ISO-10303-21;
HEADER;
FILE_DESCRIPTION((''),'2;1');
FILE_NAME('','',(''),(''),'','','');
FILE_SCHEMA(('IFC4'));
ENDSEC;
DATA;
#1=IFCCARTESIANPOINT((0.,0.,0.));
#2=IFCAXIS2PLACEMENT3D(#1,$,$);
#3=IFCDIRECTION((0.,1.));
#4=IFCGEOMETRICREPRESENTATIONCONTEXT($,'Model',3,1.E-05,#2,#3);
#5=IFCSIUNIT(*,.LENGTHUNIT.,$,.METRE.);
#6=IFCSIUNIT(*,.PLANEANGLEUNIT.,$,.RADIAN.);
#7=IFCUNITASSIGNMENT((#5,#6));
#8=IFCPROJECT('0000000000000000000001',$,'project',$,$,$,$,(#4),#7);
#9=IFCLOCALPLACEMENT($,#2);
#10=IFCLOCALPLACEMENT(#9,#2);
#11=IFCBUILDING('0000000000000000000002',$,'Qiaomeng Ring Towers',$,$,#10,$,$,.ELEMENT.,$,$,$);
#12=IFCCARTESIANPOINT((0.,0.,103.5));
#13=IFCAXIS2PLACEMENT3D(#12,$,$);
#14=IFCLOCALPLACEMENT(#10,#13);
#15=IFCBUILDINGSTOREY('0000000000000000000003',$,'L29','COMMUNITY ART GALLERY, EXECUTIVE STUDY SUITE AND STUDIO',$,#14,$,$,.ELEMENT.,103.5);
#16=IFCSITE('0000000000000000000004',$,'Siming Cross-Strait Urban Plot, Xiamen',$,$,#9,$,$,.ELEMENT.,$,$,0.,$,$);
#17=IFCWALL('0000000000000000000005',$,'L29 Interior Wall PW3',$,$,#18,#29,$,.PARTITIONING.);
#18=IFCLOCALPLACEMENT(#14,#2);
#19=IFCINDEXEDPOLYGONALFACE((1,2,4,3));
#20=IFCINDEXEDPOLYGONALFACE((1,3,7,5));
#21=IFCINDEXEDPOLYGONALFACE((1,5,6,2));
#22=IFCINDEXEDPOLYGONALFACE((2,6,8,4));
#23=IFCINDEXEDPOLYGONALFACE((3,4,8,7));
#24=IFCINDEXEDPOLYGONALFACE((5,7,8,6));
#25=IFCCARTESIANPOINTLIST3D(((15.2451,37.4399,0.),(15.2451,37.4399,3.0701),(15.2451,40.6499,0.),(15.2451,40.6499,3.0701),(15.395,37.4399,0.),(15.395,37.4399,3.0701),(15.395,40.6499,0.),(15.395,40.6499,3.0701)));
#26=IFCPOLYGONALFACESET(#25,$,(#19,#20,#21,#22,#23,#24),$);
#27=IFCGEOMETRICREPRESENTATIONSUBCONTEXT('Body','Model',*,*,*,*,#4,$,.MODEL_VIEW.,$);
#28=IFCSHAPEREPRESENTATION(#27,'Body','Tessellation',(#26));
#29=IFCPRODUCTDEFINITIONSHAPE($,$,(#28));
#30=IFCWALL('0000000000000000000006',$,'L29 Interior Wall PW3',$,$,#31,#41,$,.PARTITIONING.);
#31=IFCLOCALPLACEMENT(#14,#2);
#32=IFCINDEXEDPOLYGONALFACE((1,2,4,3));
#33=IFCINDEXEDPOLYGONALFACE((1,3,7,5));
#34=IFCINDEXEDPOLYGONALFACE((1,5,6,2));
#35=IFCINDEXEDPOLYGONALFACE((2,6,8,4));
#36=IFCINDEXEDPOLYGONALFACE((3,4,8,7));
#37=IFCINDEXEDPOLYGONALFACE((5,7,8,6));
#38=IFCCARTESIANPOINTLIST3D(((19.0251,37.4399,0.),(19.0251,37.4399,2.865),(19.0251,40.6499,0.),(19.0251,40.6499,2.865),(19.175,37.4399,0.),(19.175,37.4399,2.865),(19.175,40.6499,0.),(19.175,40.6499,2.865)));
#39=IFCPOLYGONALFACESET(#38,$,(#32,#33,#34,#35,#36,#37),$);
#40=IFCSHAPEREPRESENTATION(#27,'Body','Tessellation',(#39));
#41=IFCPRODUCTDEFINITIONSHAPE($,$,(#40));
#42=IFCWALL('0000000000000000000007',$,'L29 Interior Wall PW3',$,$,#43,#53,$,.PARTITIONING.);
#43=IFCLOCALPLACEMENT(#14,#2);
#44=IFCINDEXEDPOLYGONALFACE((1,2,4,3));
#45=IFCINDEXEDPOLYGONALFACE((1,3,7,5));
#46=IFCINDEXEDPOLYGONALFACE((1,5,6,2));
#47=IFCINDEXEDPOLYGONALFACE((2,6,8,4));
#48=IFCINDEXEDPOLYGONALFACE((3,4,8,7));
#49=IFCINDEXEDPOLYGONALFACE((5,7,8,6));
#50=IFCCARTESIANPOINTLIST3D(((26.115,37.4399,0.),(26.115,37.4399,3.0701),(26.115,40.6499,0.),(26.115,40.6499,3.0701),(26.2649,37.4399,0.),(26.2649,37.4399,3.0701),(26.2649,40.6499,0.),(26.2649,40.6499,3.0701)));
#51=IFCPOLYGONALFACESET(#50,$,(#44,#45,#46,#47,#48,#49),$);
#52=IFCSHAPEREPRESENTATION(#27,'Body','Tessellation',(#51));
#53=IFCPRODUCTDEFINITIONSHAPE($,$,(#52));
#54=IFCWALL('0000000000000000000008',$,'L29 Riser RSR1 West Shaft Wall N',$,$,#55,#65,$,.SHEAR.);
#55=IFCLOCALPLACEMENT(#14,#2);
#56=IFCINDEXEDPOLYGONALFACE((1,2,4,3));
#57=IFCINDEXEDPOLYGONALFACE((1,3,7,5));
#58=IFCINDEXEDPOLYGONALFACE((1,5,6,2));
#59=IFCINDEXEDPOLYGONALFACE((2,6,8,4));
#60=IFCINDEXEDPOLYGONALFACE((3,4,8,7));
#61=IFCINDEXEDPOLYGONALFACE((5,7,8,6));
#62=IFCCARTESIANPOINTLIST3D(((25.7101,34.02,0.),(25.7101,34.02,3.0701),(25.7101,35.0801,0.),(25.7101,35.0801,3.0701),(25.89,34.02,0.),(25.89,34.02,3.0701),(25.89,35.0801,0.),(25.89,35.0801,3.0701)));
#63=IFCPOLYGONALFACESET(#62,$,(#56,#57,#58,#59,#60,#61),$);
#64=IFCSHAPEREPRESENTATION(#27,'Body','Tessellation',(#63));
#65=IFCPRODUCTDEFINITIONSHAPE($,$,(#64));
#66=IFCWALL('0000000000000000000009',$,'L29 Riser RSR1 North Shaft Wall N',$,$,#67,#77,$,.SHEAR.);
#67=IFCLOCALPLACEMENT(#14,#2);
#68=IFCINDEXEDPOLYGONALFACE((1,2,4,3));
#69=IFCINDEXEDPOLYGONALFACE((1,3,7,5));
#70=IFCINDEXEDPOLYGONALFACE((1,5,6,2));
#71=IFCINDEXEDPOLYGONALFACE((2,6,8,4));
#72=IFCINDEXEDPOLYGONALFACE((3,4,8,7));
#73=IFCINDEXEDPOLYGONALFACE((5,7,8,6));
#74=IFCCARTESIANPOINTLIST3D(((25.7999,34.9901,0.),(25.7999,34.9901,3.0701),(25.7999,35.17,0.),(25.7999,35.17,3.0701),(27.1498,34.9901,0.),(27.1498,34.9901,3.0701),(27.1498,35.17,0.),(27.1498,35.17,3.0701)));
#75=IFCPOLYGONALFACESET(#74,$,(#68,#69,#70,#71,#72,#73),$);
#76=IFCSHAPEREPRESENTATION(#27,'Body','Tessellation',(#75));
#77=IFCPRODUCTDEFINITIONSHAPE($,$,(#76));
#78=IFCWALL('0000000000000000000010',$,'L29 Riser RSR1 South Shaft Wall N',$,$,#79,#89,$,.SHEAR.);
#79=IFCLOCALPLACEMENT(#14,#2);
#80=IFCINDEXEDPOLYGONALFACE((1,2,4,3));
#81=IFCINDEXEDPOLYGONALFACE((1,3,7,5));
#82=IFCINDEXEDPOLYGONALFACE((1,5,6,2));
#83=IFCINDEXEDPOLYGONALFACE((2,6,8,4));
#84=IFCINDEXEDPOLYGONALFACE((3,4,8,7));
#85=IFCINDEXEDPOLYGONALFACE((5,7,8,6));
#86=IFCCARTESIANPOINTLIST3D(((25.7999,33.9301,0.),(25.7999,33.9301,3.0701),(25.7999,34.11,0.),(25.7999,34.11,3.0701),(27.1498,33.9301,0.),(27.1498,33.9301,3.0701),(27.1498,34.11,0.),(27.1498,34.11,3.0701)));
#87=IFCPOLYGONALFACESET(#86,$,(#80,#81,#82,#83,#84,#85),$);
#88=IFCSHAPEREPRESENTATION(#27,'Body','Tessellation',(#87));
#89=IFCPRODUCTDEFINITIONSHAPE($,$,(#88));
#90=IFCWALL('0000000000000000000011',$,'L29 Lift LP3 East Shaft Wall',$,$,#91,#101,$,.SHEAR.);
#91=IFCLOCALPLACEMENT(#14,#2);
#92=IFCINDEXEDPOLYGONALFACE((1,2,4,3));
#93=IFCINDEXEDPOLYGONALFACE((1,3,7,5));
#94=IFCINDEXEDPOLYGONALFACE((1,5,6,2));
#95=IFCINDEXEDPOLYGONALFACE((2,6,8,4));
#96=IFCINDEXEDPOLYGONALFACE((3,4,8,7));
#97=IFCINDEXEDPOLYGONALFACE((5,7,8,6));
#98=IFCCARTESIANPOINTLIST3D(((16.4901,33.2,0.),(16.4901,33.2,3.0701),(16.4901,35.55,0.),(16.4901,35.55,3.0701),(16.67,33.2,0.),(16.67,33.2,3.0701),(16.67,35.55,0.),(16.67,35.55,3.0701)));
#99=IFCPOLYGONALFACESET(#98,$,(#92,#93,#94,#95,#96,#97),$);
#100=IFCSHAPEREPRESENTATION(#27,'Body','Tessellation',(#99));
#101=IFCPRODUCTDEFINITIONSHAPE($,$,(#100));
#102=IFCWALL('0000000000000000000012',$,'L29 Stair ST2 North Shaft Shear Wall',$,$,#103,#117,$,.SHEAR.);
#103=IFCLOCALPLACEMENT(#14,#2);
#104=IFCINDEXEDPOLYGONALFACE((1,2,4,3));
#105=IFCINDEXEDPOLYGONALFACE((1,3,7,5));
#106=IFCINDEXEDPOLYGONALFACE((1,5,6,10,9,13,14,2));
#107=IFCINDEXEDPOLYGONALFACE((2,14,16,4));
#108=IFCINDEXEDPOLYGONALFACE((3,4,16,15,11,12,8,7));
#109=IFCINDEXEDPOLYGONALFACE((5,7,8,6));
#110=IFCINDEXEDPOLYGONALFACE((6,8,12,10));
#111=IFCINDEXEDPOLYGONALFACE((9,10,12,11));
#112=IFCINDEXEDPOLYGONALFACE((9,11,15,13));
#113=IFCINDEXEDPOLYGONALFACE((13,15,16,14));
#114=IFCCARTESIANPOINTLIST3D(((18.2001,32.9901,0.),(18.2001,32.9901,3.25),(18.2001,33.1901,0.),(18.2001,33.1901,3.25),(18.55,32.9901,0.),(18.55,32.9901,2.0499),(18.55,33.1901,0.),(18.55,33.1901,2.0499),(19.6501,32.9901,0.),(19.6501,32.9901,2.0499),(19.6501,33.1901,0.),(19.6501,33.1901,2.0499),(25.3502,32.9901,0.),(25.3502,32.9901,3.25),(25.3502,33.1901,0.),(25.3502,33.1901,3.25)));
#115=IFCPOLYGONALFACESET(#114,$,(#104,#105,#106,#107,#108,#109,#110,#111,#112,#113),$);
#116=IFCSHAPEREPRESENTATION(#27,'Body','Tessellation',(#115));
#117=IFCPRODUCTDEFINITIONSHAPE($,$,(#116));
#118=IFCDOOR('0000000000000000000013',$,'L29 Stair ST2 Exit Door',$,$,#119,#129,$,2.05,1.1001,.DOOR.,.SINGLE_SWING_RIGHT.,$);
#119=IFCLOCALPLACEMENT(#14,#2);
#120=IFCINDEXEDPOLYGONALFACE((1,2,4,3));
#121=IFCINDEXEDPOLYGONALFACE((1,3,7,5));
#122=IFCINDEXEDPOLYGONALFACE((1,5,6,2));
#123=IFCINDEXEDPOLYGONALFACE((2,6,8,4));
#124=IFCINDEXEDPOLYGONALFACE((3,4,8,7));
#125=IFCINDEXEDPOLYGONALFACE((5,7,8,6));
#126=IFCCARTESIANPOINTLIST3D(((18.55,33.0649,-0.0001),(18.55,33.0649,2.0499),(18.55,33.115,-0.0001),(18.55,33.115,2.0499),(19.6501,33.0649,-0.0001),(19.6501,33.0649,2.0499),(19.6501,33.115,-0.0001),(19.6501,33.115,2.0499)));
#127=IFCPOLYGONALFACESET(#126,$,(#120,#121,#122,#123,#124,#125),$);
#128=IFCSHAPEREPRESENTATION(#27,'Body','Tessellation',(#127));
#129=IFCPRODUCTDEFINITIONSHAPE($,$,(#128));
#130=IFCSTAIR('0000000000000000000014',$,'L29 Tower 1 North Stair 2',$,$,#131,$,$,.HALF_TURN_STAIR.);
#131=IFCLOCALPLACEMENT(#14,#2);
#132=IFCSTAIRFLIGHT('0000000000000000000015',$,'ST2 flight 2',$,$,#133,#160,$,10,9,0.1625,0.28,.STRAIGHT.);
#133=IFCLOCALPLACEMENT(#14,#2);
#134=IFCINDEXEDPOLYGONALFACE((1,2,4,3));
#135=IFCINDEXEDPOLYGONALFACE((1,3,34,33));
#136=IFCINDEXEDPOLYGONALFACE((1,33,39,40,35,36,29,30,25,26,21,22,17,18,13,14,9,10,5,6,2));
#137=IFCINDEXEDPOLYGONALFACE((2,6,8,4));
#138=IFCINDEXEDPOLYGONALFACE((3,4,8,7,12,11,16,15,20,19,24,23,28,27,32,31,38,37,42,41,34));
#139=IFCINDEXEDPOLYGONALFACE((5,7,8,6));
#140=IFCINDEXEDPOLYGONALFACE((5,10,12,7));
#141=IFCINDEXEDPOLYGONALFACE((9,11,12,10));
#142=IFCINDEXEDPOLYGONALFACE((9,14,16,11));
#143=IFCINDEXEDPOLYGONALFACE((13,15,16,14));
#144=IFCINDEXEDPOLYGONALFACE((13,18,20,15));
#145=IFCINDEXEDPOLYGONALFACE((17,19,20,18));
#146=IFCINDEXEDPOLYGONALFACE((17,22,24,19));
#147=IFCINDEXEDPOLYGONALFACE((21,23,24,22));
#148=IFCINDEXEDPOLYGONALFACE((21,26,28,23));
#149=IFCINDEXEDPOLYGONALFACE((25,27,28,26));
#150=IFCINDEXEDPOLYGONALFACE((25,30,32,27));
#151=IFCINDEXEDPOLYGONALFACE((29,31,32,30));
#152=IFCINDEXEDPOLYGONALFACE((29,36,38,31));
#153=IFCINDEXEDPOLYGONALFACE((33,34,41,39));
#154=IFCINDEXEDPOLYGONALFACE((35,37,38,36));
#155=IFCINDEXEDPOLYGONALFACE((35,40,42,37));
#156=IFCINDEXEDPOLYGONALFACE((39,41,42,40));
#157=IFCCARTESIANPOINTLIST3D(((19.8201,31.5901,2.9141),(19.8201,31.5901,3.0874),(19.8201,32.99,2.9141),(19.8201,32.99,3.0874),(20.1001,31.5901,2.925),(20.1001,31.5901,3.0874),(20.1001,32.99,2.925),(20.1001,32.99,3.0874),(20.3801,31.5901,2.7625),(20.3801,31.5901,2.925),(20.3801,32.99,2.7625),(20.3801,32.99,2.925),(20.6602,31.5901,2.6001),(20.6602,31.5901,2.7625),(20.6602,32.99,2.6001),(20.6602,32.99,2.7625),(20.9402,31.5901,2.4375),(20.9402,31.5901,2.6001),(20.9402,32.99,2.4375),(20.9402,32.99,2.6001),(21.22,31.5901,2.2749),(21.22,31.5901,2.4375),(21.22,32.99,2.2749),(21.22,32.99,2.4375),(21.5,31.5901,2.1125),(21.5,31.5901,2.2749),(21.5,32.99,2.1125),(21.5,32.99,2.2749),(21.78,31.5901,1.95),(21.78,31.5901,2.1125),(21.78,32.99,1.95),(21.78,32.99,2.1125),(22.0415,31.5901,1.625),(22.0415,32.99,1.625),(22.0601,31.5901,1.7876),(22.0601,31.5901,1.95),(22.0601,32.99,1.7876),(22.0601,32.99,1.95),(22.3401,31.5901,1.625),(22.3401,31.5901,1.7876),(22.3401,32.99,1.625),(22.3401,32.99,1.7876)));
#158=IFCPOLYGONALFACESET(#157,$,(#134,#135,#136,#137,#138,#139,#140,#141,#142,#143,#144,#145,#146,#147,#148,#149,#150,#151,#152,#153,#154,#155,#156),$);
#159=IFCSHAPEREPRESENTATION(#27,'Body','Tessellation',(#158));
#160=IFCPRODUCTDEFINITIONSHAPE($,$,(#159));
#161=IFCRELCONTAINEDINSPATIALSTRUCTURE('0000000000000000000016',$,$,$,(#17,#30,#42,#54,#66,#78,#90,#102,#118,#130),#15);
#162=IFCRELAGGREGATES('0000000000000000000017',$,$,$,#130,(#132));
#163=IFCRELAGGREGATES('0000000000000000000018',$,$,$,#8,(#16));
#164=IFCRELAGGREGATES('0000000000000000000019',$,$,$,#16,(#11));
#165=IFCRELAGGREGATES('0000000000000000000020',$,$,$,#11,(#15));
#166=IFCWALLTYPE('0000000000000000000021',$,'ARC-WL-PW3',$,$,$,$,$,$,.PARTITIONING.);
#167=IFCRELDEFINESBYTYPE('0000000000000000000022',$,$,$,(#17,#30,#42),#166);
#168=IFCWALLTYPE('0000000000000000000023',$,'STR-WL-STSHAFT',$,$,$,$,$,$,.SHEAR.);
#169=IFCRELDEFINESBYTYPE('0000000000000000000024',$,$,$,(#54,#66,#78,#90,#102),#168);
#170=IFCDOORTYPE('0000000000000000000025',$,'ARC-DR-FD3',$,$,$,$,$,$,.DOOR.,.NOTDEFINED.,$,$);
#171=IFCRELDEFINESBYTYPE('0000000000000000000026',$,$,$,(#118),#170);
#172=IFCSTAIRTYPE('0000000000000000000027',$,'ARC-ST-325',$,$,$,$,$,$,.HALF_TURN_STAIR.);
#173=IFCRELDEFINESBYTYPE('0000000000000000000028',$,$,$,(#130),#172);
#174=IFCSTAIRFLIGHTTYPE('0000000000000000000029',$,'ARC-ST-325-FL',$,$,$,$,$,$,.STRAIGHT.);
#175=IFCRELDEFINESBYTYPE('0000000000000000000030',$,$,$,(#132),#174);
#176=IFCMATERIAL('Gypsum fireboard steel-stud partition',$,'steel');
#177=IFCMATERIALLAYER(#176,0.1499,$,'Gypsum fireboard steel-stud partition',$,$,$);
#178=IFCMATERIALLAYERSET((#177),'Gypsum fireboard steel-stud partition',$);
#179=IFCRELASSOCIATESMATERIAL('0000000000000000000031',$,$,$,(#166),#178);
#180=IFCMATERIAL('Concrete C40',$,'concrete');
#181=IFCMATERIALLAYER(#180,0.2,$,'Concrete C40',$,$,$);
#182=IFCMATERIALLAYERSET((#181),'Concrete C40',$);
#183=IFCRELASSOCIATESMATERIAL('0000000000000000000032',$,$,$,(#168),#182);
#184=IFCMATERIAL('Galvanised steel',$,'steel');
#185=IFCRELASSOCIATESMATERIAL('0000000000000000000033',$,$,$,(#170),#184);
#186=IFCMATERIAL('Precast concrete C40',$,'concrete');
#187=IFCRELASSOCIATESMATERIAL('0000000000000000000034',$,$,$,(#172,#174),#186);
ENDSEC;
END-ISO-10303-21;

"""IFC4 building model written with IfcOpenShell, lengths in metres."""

from ifc_helpers import new_model, si_unit, direction, frame, frame_2d, origin, place, context, subcontext, project, spatial, polyline, rectangle, outline, extrude, source, transform, mapped, material, layer, layer_set, type_object, element, fill, aggregate, save


model = new_model("IFC4")

# Units and contexts
model_context = context("Model", 3, precision=1e-05, world=origin(), true_north=direction((0.0, 1.0)))
body_context = subcontext(model_context, "Body", "Model", "MODEL_VIEW")
ifc_project = project(units=[si_unit("LENGTHUNIT", "METRE"), si_unit("PLANEANGLEUNIT", "RADIAN")], contexts=[model_context])

# Site, building, storey
site_placement = place(None, origin())
site = spatial("IfcSite", under=ifc_project, at=site_placement, Name="Siming Cross-Strait Urban Plot, Xiamen", CompositionType="ELEMENT", RefElevation=0.0)
building_placement = place(site_placement, origin())
building = spatial("IfcBuilding", under=site, at=building_placement, Name="Qiaomeng Ring Towers", CompositionType="ELEMENT")
storey_placement = place(building_placement, frame((0.0, 0.0, 103.5)))
storey = spatial("IfcBuildingStorey", under=building, at=storey_placement, Name="L29", Description="COMMUNITY ART GALLERY, EXECUTIVE STUDY SUITE AND STUDIO", CompositionType="ELEMENT", Elevation=103.5)

# Walls
ifc_material_1 = material(Name="Gypsum fireboard steel-stud partition", Category="steel")
ifc_layer_1 = layer(ifc_material_1, 0.1499, Name="Gypsum fireboard steel-stud partition")
ifc_layer_set_1 = layer_set([ifc_layer_1], Name="Gypsum fireboard steel-stud partition")
wall_type_1 = type_object("IfcWallType", Name="ARC-WL-PW3", PredefinedType="PARTITIONING", material=ifc_layer_set_1)
wall_1_placement = place(storey_placement, frame((15.3201, 37.4399, 0.0), z_axis=(0.0, 0.0, 1.0), x_axis=(0.0, 1.0, 0.0)))
element("IfcWall", 1, at=wall_1_placement, inside=storey, type_object=wall_type_1, Name="L29 Interior Wall PW3", PredefinedType="PARTITIONING", context=body_context, shape_type="SweptSolid", body=[
    extrude(rectangle(XDim=3.21, YDim=0.1499, at=frame_2d((1.605, 0.0))), origin(), (0.0, 0.0, 1.0), 3.0701),
])
wall_2_placement = place(storey_placement, frame((19.1001, 37.4399, 0.0), z_axis=(0.0, 0.0, 1.0), x_axis=(0.0, 1.0, 0.0)))
element("IfcWall", 2, at=wall_2_placement, inside=storey, type_object=wall_type_1, Name="L29 Interior Wall PW3", PredefinedType="PARTITIONING", context=body_context, shape_type="SweptSolid", body=[
    extrude(rectangle(XDim=3.21, YDim=0.1499, at=frame_2d((1.605, 0.0))), origin(), (0.0, 0.0, 1.0), 2.865),
])
wall_3_placement = place(storey_placement, frame((26.1899, 37.4399, 0.0), z_axis=(0.0, 0.0, 1.0), x_axis=(0.0, 1.0, 0.0)))
element("IfcWall", 3, at=wall_3_placement, inside=storey, type_object=wall_type_1, Name="L29 Interior Wall PW3", PredefinedType="PARTITIONING", context=body_context, shape_type="SweptSolid", body=[
    extrude(rectangle(XDim=3.21, YDim=0.1499, at=frame_2d((1.605, 0.0))), origin(), (0.0, 0.0, 1.0), 3.0701),
])
ifc_material_2 = material(Name="Concrete C40", Category="concrete")
ifc_layer_2 = layer(ifc_material_2, 0.2, Name="Concrete C40")
ifc_layer_set_2 = layer_set([ifc_layer_2], Name="Concrete C40")
wall_type_2 = type_object("IfcWallType", Name="STR-WL-STSHAFT", PredefinedType="SHEAR", material=ifc_layer_set_2)
wall_4_placement = place(storey_placement, frame((25.8, 34.02, 0.0), z_axis=(0.0, 0.0, 1.0), x_axis=(0.0, 1.0, 0.0)))
element("IfcWall", 4, at=wall_4_placement, inside=storey, type_object=wall_type_2, Name="L29 Riser RSR1 West Shaft Wall N", PredefinedType="SHEAR", context=body_context, shape_type="SweptSolid", body=[
    extrude(rectangle(XDim=1.0601, YDim=0.1799, at=frame_2d((0.53, 0.0))), origin(), (0.0, 0.0, 1.0), 3.0701),
])
for number, where, z_axis, x_axis, name in (
    (5, (25.8, 35.0801, 0.0), (0.0, 0.0, 1.0), (1.0, 0.0, 0.0), "L29 Riser RSR1 North Shaft Wall N"),
    (6, (25.8, 34.02, 0.0), (0.0, 0.0, 1.0), (1.0, 0.0, 0.0), "L29 Riser RSR1 South Shaft Wall N"),
):
    element("IfcWall", number, at=place(storey_placement, frame(where, z_axis=z_axis, x_axis=x_axis)), inside=storey, type_object=wall_type_2, Name=name, PredefinedType="SHEAR", context=body_context, shape_type="SweptSolid", body=[
        extrude(rectangle(XDim=1.3499, YDim=0.1799, at=frame_2d((0.6748, 0.0))), origin(), (0.0, 0.0, 1.0), 3.0701),
    ])
wall_5_placement = place(storey_placement, frame((16.5801, 33.2, 0.0), z_axis=(0.0, 0.0, 1.0), x_axis=(0.0, 1.0, 0.0)))
element("IfcWall", 7, at=wall_5_placement, inside=storey, type_object=wall_type_2, Name="L29 Lift LP3 East Shaft Wall", PredefinedType="SHEAR", context=body_context, shape_type="SweptSolid", body=[
    extrude(rectangle(XDim=2.3501, YDim=0.1799, at=frame_2d((1.175, 0.0))), origin(), (0.0, 0.0, 1.0), 3.0701),
])

# Wall, opening, door
wall_6_placement = place(storey_placement, frame((18.2, 33.0901, 0.0), z_axis=(0.0, 0.0, 1.0), x_axis=(1.0, 0.0, 0.0)))
wall_6 = element("IfcWall", 8, at=wall_6_placement, inside=storey, type_object=wall_type_2, Name="L29 Stair ST2 North Shaft Shear Wall", PredefinedType="SHEAR", context=body_context, shape_type="SweptSolid", body=[
    extrude(rectangle(XDim=7.1501, YDim=0.2, at=frame_2d((3.5752, 0.0))), origin(), (0.0, 0.0, 1.0), 3.25),
])
opening_placement = place(wall_6_placement, frame((0.3501, 0.0, 0.0)))
opening = element("IfcOpeningElement", 9, at=opening_placement, cuts=wall_6, PredefinedType="OPENING", context=body_context, shape_type="SweptSolid", body=[
    extrude(rectangle(XDim=1.1001, YDim=2.05, at=frame_2d((0.55, 1.0249))), frame((0.0, 0.1099, 0.0), z_axis=(0.0, -1.0, 0.0), x_axis=(1.0, 0.0, 0.0)), (0.0, 0.0, 1.0), 0.22),
])
ifc_material_3 = material(Name="Galvanised steel", Category="steel")
door_type = type_object("IfcDoorType", Name="ARC-DR-FD3", OperationType="NOTDEFINED", PredefinedType="DOOR", material=ifc_material_3)
shared_shape_1 = source(origin(), body_context, "Body", "SweptSolid", [
    extrude(rectangle(XDim=1.1001, YDim=2.05, at=frame_2d((0.55, 1.0249))), frame((0.0, 0.0249, 0.0), z_axis=(0.0, -1.0, 0.0), x_axis=(1.0, 0.0, 0.0)), (0.0, 0.0, 1.0), 0.05),
])
door_placement = place(opening_placement, origin())
door = element("IfcDoor", 10, at=door_placement, inside=storey, type_object=door_type, Name="L29 Stair ST2 Exit Door", OperationType="SINGLE_SWING_RIGHT", OverallHeight=2.05, OverallWidth=1.1001, PredefinedType="DOOR", context=body_context, shape_type="MappedRepresentation", body=[
    mapped(shared_shape_1, transform((0.0, 0.0, 0.0), x_axis=(1.0, 0.0, 0.0), y_axis=(0.0, 1.0, 0.0), z_axis=(0.0, 0.0, 1.0), scale=1.0)),
])
fill(opening, door)

# Stair, stair flight
ifc_material_4 = material(Name="Precast concrete C40", Category="concrete")
stair_type = type_object("IfcStairType", Name="ARC-ST-325", PredefinedType="HALF_TURN_STAIR", material=ifc_material_4)
stair_placement = place(storey_placement, origin())
stair = element("IfcStair", 11, at=stair_placement, inside=storey, type_object=stair_type, Name="L29 Tower 1 North Stair 2", PredefinedType="HALF_TURN_STAIR")
stair_flight_type = type_object("IfcStairFlightType", Name="ARC-ST-325-FL", PredefinedType="STRAIGHT", material=ifc_material_4)
shared_shape_2 = source(origin(), body_context, "Body", "SweptSolid", [
    extrude(outline(polyline([(0.0, 0.0), (0.0, 0.1626), (0.28, 0.1626), (0.28, 0.325), (0.5601, 0.325), (0.5601, 0.4875), (0.8401, 0.4875), (0.8401, 0.6499), (1.1201, 0.6499), (1.1201, 0.8125), (1.3999, 0.8125), (1.3999, 0.9751), (1.6799, 0.9751), (1.6799, 1.1375), (1.96, 1.1375), (1.96, 1.3), (2.24, 1.3), (2.24, 1.4624), (2.52, 1.4624), (2.52, 1.625), (2.52, 1.2891), (0.2986, 0.0), (0.0, 0.0)])), frame((0.0, 0.7, 0.0), z_axis=(0.0, -1.0, 0.0), x_axis=(1.0, 0.0, 0.0)), (0.0, 0.0, 1.0), 1.3999),
])
stair_flight_placement = place(storey_placement, frame((22.3401, 32.29, 1.625), z_axis=(0.0, 0.0, 1.0), x_axis=(-1.0, 0.0, 0.0)))
stair_flight = element("IfcStairFlight", 12, at=stair_flight_placement, type_object=stair_flight_type, Name="ST2 flight 2", NumberOfRisers=10, NumberOfTreads=9, PredefinedType="STRAIGHT", RiserHeight=0.1625, TreadLength=0.28, context=body_context, shape_type="MappedRepresentation", body=[
    mapped(shared_shape_2, transform((0.0, 0.0, 0.0), x_axis=(1.0, 0.0, 0.0), y_axis=(0.0, 1.0, 0.0), z_axis=(0.0, 0.0, 1.0), scale=1.0)),
])
aggregate(stair, [stair_flight])

save(model, "model.ifc")
